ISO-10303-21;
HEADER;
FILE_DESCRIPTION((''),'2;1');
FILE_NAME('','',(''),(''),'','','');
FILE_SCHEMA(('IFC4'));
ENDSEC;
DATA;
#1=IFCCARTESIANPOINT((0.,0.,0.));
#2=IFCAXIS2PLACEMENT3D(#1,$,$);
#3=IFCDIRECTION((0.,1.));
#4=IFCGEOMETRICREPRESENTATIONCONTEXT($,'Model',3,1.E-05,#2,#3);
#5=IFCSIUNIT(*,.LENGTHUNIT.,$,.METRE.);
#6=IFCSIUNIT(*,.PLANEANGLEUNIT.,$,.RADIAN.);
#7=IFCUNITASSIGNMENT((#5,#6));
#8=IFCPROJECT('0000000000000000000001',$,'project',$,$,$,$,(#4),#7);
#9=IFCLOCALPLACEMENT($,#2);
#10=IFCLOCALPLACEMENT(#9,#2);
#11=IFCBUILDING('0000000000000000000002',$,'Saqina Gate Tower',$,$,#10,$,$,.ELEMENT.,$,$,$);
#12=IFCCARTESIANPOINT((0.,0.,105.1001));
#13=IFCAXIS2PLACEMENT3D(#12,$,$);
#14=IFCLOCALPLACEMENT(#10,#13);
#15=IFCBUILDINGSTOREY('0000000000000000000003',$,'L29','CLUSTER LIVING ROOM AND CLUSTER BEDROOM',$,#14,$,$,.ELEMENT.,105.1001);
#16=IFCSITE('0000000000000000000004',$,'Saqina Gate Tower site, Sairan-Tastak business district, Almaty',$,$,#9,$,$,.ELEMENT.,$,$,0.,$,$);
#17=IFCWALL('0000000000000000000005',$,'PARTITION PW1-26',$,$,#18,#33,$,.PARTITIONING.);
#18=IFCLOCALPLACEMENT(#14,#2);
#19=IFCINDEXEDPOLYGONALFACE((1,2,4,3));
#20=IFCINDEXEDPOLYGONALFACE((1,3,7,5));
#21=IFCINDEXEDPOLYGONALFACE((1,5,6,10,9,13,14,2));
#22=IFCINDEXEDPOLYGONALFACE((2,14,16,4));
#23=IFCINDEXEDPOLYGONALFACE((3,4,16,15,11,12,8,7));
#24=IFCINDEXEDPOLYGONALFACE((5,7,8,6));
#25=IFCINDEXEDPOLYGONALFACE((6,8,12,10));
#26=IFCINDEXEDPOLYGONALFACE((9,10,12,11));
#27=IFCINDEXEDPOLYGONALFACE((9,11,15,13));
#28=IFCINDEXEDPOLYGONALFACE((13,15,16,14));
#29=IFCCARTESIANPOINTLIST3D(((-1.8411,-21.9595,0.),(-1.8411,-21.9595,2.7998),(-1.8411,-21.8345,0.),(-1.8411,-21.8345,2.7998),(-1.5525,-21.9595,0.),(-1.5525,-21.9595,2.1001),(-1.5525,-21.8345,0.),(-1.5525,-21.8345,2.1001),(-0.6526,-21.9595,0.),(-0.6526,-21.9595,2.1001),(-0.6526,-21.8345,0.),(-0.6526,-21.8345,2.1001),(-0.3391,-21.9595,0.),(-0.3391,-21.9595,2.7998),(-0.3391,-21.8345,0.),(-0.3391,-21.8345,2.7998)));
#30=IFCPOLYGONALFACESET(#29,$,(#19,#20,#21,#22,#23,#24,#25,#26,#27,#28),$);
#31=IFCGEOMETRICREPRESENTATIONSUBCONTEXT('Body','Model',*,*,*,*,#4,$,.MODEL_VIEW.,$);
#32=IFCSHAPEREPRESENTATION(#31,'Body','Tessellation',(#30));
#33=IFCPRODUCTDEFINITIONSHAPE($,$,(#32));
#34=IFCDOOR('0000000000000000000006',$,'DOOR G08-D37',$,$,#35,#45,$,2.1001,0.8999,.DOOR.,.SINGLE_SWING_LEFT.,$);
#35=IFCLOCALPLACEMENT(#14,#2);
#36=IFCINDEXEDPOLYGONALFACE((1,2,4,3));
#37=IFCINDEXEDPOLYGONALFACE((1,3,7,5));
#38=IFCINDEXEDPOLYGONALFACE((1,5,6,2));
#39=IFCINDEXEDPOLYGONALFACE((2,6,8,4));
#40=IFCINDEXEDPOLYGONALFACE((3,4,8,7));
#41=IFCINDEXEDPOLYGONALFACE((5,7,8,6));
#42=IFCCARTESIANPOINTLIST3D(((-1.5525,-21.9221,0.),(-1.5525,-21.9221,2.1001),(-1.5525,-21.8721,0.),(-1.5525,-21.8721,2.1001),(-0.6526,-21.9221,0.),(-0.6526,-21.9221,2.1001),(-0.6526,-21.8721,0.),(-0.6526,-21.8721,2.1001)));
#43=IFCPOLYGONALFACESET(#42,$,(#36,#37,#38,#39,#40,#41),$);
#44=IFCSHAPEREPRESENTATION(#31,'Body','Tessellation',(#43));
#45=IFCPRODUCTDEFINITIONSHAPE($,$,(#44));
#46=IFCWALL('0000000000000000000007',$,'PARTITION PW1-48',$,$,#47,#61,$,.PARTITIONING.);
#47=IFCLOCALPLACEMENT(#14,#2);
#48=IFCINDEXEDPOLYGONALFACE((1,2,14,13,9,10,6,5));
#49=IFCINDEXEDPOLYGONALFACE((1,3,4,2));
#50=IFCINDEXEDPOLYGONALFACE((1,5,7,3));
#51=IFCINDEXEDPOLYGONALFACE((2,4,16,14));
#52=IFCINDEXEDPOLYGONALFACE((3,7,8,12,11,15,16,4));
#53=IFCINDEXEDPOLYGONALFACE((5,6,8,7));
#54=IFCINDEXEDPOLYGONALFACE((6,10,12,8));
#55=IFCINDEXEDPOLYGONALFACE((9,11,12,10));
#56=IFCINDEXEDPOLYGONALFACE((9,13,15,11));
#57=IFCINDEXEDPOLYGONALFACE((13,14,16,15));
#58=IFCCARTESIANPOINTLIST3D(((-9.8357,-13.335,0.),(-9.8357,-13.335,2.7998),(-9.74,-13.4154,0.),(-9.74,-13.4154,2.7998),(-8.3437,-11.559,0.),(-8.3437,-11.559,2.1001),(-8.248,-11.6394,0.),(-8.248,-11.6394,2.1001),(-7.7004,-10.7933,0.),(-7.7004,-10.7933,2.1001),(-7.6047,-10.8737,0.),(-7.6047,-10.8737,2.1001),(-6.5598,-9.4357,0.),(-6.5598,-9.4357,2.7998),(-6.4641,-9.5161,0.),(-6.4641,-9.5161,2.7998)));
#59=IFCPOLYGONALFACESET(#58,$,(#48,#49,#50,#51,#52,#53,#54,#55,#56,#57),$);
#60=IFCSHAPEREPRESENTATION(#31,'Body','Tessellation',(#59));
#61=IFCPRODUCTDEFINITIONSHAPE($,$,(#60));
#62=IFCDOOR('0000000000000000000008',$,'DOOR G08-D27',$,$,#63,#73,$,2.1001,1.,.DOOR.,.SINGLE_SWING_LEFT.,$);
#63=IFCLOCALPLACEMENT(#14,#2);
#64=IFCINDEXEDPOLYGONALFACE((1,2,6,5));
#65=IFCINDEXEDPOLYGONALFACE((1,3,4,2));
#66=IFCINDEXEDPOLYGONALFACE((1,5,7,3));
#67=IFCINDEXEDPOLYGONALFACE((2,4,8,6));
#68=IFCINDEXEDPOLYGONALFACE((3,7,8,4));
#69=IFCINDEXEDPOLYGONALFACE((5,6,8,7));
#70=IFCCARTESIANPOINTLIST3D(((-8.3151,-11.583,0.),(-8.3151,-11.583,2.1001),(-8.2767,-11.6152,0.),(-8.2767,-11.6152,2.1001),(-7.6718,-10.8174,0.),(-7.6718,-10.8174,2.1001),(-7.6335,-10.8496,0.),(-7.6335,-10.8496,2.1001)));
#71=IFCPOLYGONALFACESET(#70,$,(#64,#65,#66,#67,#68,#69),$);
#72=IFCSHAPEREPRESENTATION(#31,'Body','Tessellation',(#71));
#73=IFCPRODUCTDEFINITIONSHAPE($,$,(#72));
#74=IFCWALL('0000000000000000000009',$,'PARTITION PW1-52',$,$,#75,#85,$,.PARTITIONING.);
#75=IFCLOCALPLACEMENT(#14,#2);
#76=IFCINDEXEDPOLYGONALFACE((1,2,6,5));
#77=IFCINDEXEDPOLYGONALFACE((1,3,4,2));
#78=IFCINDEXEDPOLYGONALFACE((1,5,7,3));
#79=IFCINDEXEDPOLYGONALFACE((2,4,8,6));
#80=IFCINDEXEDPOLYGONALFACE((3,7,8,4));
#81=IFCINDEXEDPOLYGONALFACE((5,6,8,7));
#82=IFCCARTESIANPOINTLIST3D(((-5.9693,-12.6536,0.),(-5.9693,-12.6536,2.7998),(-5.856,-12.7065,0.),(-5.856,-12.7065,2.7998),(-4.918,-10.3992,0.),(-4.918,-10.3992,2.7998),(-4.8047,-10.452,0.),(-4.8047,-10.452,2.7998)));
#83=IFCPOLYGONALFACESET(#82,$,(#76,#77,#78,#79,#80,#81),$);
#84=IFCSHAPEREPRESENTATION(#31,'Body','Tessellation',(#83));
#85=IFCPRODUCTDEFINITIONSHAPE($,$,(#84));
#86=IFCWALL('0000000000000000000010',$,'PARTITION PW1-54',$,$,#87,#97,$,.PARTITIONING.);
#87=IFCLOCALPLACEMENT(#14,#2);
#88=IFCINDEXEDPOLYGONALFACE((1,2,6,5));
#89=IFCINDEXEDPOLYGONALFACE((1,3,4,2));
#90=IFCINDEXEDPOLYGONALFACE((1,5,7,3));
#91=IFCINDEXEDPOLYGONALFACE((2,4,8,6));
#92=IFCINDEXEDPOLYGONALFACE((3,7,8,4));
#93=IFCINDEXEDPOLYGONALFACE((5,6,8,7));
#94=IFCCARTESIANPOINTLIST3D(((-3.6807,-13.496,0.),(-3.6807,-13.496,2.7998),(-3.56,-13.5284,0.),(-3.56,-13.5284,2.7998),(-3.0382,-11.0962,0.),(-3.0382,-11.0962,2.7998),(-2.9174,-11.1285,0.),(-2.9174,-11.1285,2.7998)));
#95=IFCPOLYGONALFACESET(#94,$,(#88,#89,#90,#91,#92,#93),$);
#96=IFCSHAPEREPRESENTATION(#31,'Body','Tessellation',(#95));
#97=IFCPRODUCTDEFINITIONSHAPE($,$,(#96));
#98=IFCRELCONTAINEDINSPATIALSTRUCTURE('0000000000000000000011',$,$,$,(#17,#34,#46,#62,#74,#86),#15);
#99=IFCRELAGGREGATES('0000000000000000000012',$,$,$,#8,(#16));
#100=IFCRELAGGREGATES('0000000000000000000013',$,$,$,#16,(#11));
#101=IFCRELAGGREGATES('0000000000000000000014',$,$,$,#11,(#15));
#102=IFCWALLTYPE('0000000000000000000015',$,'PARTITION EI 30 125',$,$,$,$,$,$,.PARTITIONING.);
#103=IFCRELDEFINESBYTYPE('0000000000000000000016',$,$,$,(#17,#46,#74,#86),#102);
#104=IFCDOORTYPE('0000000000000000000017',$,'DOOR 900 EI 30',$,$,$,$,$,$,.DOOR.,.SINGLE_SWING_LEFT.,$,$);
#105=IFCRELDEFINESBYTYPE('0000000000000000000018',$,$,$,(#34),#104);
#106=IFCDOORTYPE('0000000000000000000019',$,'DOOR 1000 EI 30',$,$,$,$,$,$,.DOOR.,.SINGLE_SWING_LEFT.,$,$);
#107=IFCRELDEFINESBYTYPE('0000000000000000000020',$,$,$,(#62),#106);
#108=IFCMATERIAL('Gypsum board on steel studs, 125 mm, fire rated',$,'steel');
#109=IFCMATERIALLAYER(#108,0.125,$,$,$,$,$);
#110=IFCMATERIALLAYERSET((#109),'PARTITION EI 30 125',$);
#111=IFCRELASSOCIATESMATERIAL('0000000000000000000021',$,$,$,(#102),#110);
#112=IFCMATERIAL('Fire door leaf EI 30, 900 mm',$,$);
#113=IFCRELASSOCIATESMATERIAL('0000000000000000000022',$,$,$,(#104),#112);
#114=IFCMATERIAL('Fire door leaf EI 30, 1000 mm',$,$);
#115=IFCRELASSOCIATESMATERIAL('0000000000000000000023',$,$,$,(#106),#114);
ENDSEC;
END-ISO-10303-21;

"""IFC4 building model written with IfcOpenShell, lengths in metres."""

from ifc_helpers import new_model, si_unit, direction, frame, frame_2d, origin, place, context, subcontext, project, spatial, rectangle, extrude, material, layer, layer_set, type_object, element, fill, save


model = new_model("IFC4")

# Units and contexts
model_context = context("Model", 3, precision=1e-05, world=origin(), true_north=direction((0.0, 1.0)))
body_context = subcontext(model_context, "Body", "Model", "MODEL_VIEW")
ifc_project = project(units=[si_unit("LENGTHUNIT", "METRE"), si_unit("PLANEANGLEUNIT", "RADIAN")], contexts=[model_context])

# Site, building, storey
site_placement = place(None, origin())
site = spatial("IfcSite", under=ifc_project, at=site_placement, Name="Saqina Gate Tower site, Sairan-Tastak business district, Almaty", CompositionType="ELEMENT", RefElevation=0.0)
building_placement = place(site_placement, origin())
building = spatial("IfcBuilding", under=site, at=building_placement, Name="Saqina Gate Tower", CompositionType="ELEMENT")
storey_placement = place(building_placement, frame((0.0, 0.0, 105.1001)))
storey = spatial("IfcBuildingStorey", under=building, at=storey_placement, Name="L29", Description="CLUSTER LIVING ROOM AND CLUSTER BEDROOM", CompositionType="ELEMENT", Elevation=105.1001)

# Shared definitions
ifc_material_1 = material(Name="Gypsum board on steel studs, 125 mm, fire rated", Category="steel")
ifc_layer_1 = layer(ifc_material_1, 0.125)
ifc_layer_set_1 = layer_set([ifc_layer_1], Name="PARTITION EI 30 125")
wall_type_1 = type_object("IfcWallType", Name="PARTITION EI 30 125", PredefinedType="PARTITIONING", material=ifc_layer_set_1)
ifc_material_2 = material(Name="Fire door leaf EI 30, 900 mm")
door_type_1 = type_object("IfcDoorType", Name="DOOR 900 EI 30", OperationType="SINGLE_SWING_LEFT", PredefinedType="DOOR", material=ifc_material_2)

# Walls, openings, doors
wall_1_placement = place(storey_placement, frame((-1.8411, -21.897, 0.0), z_axis=(0.0, 0.0, 1.0), x_axis=(1.0, 0.0, 0.0)))
wall_1 = element("IfcWall", 1, at=wall_1_placement, inside=storey, type_object=wall_type_1, Name="PARTITION PW1-26", PredefinedType="PARTITIONING", context=body_context, shape_type="SweptSolid", body=[
    extrude(rectangle(XDim=1.502, YDim=0.125, at=frame_2d((0.751, 0.0))), origin(), (0.0, 0.0, 1.0), 2.7998),
])
opening_1_placement = place(wall_1_placement, frame((0.2886, 0.0, 0.0)))
opening_1 = element("IfcOpeningElement", 2, at=opening_1_placement, cuts=wall_1, PredefinedType="OPENING", context=body_context, shape_type="SweptSolid", body=[
    extrude(rectangle(XDim=0.8999, YDim=2.1001, at=frame_2d((0.45, 1.05))), frame((0.0, 0.0745, 0.0), z_axis=(0.0, -1.0, 0.0), x_axis=(1.0, 0.0, 0.0)), (0.0, 0.0, 1.0), 0.1489),
])
door_1_placement = place(opening_1_placement, origin())
door_1 = element("IfcDoor", 3, at=door_1_placement, inside=storey, type_object=door_type_1, Name="DOOR G08-D37", OperationType="SINGLE_SWING_LEFT", OverallHeight=2.1001, OverallWidth=0.8999, PredefinedType="DOOR", context=body_context, shape_type="SweptSolid", body=[
    extrude(rectangle(XDim=0.8999, YDim=2.1001, at=frame_2d((0.45, 1.05))), frame((0.0, 0.0249, 0.0), z_axis=(0.0, -1.0, 0.0), x_axis=(1.0, 0.0, 0.0)), (0.0, 0.0, 1.0), 0.05),
])
fill(opening_1, door_1)
wall_2_placement = place(storey_placement, frame((-9.7878, -13.3752, 0.0), z_axis=(0.0, 0.0, 1.0), x_axis=(0.643235, 0.765669, 0.0)))
wall_2 = element("IfcWall", 4, at=wall_2_placement, inside=storey, type_object=wall_type_1, Name="PARTITION PW1-48", PredefinedType="PARTITIONING", context=body_context, shape_type="SweptSolid", body=[
    extrude(rectangle(XDim=5.0928, YDim=0.125, at=frame_2d((2.5464, 0.0))), origin(), (0.0, 0.0, 1.0), 2.7998),
])
opening_2_placement = place(wall_2_placement, frame((2.3196, 0.0, 0.0)))
opening_2 = element("IfcOpeningElement", 5, at=opening_2_placement, cuts=wall_2, PredefinedType="OPENING", context=body_context, shape_type="SweptSolid", body=[
    extrude(rectangle(XDim=1.0, YDim=2.1001, at=frame_2d((0.5, 1.05))), frame((0.0, 0.0745, 0.0), z_axis=(0.0, -1.0, 0.0), x_axis=(1.0, 0.0, 0.0)), (0.0, 0.0, 1.0), 0.1489),
])
ifc_material_3 = material(Name="Fire door leaf EI 30, 1000 mm")
door_type_2 = type_object("IfcDoorType", Name="DOOR 1000 EI 30", OperationType="SINGLE_SWING_LEFT", PredefinedType="DOOR", material=ifc_material_3)
door_2_placement = place(opening_2_placement, frame((1.0, 0.0, 0.0), z_axis=(0.0, 0.0, 1.0), x_axis=(-1.0, 0.0, 0.0)))
door_2 = element("IfcDoor", 6, at=door_2_placement, inside=storey, type_object=door_type_2, Name="DOOR G08-D27", OperationType="SINGLE_SWING_LEFT", OverallHeight=2.1001, OverallWidth=1.0, PredefinedType="DOOR", context=body_context, shape_type="SweptSolid", body=[
    extrude(rectangle(XDim=1.0, YDim=2.1001, at=frame_2d((0.5, 1.05))), frame((0.0, 0.0249, 0.0), z_axis=(0.0, -1.0, 0.0), x_axis=(1.0, 0.0, 0.0)), (0.0, 0.0, 1.0), 0.05),
])
fill(opening_2, door_2)

# Walls
wall_3_placement = place(storey_placement, frame((-5.9126, -12.6799, 0.0), z_axis=(0.0, 0.0, 1.0), x_axis=(0.422628, 0.906303, 0.0)))
element("IfcWall", 7, at=wall_3_placement, inside=storey, type_object=wall_type_1, Name="PARTITION PW1-52", PredefinedType="PARTITIONING", context=body_context, shape_type="SweptSolid", body=[
    extrude(rectangle(XDim=2.4875, YDim=0.125, at=frame_2d((1.2437, 0.0))), origin(), (0.0, 0.0, 1.0), 2.7998),
])
wall_4_placement = place(storey_placement, frame((-3.6204, -13.5122, 0.0), z_axis=(0.0, 0.0, 1.0), x_axis=(0.258641, 0.965973, 0.0)))
element("IfcWall", 8, at=wall_4_placement, inside=storey, type_object=wall_type_1, Name="PARTITION PW1-54", PredefinedType="PARTITIONING", context=body_context, shape_type="SweptSolid", body=[
    extrude(rectangle(XDim=2.4844, YDim=0.125, at=frame_2d((1.2422, 0.0))), origin(), (0.0, 0.0, 1.0), 2.7998),
])

save(model, "model.ifc")
